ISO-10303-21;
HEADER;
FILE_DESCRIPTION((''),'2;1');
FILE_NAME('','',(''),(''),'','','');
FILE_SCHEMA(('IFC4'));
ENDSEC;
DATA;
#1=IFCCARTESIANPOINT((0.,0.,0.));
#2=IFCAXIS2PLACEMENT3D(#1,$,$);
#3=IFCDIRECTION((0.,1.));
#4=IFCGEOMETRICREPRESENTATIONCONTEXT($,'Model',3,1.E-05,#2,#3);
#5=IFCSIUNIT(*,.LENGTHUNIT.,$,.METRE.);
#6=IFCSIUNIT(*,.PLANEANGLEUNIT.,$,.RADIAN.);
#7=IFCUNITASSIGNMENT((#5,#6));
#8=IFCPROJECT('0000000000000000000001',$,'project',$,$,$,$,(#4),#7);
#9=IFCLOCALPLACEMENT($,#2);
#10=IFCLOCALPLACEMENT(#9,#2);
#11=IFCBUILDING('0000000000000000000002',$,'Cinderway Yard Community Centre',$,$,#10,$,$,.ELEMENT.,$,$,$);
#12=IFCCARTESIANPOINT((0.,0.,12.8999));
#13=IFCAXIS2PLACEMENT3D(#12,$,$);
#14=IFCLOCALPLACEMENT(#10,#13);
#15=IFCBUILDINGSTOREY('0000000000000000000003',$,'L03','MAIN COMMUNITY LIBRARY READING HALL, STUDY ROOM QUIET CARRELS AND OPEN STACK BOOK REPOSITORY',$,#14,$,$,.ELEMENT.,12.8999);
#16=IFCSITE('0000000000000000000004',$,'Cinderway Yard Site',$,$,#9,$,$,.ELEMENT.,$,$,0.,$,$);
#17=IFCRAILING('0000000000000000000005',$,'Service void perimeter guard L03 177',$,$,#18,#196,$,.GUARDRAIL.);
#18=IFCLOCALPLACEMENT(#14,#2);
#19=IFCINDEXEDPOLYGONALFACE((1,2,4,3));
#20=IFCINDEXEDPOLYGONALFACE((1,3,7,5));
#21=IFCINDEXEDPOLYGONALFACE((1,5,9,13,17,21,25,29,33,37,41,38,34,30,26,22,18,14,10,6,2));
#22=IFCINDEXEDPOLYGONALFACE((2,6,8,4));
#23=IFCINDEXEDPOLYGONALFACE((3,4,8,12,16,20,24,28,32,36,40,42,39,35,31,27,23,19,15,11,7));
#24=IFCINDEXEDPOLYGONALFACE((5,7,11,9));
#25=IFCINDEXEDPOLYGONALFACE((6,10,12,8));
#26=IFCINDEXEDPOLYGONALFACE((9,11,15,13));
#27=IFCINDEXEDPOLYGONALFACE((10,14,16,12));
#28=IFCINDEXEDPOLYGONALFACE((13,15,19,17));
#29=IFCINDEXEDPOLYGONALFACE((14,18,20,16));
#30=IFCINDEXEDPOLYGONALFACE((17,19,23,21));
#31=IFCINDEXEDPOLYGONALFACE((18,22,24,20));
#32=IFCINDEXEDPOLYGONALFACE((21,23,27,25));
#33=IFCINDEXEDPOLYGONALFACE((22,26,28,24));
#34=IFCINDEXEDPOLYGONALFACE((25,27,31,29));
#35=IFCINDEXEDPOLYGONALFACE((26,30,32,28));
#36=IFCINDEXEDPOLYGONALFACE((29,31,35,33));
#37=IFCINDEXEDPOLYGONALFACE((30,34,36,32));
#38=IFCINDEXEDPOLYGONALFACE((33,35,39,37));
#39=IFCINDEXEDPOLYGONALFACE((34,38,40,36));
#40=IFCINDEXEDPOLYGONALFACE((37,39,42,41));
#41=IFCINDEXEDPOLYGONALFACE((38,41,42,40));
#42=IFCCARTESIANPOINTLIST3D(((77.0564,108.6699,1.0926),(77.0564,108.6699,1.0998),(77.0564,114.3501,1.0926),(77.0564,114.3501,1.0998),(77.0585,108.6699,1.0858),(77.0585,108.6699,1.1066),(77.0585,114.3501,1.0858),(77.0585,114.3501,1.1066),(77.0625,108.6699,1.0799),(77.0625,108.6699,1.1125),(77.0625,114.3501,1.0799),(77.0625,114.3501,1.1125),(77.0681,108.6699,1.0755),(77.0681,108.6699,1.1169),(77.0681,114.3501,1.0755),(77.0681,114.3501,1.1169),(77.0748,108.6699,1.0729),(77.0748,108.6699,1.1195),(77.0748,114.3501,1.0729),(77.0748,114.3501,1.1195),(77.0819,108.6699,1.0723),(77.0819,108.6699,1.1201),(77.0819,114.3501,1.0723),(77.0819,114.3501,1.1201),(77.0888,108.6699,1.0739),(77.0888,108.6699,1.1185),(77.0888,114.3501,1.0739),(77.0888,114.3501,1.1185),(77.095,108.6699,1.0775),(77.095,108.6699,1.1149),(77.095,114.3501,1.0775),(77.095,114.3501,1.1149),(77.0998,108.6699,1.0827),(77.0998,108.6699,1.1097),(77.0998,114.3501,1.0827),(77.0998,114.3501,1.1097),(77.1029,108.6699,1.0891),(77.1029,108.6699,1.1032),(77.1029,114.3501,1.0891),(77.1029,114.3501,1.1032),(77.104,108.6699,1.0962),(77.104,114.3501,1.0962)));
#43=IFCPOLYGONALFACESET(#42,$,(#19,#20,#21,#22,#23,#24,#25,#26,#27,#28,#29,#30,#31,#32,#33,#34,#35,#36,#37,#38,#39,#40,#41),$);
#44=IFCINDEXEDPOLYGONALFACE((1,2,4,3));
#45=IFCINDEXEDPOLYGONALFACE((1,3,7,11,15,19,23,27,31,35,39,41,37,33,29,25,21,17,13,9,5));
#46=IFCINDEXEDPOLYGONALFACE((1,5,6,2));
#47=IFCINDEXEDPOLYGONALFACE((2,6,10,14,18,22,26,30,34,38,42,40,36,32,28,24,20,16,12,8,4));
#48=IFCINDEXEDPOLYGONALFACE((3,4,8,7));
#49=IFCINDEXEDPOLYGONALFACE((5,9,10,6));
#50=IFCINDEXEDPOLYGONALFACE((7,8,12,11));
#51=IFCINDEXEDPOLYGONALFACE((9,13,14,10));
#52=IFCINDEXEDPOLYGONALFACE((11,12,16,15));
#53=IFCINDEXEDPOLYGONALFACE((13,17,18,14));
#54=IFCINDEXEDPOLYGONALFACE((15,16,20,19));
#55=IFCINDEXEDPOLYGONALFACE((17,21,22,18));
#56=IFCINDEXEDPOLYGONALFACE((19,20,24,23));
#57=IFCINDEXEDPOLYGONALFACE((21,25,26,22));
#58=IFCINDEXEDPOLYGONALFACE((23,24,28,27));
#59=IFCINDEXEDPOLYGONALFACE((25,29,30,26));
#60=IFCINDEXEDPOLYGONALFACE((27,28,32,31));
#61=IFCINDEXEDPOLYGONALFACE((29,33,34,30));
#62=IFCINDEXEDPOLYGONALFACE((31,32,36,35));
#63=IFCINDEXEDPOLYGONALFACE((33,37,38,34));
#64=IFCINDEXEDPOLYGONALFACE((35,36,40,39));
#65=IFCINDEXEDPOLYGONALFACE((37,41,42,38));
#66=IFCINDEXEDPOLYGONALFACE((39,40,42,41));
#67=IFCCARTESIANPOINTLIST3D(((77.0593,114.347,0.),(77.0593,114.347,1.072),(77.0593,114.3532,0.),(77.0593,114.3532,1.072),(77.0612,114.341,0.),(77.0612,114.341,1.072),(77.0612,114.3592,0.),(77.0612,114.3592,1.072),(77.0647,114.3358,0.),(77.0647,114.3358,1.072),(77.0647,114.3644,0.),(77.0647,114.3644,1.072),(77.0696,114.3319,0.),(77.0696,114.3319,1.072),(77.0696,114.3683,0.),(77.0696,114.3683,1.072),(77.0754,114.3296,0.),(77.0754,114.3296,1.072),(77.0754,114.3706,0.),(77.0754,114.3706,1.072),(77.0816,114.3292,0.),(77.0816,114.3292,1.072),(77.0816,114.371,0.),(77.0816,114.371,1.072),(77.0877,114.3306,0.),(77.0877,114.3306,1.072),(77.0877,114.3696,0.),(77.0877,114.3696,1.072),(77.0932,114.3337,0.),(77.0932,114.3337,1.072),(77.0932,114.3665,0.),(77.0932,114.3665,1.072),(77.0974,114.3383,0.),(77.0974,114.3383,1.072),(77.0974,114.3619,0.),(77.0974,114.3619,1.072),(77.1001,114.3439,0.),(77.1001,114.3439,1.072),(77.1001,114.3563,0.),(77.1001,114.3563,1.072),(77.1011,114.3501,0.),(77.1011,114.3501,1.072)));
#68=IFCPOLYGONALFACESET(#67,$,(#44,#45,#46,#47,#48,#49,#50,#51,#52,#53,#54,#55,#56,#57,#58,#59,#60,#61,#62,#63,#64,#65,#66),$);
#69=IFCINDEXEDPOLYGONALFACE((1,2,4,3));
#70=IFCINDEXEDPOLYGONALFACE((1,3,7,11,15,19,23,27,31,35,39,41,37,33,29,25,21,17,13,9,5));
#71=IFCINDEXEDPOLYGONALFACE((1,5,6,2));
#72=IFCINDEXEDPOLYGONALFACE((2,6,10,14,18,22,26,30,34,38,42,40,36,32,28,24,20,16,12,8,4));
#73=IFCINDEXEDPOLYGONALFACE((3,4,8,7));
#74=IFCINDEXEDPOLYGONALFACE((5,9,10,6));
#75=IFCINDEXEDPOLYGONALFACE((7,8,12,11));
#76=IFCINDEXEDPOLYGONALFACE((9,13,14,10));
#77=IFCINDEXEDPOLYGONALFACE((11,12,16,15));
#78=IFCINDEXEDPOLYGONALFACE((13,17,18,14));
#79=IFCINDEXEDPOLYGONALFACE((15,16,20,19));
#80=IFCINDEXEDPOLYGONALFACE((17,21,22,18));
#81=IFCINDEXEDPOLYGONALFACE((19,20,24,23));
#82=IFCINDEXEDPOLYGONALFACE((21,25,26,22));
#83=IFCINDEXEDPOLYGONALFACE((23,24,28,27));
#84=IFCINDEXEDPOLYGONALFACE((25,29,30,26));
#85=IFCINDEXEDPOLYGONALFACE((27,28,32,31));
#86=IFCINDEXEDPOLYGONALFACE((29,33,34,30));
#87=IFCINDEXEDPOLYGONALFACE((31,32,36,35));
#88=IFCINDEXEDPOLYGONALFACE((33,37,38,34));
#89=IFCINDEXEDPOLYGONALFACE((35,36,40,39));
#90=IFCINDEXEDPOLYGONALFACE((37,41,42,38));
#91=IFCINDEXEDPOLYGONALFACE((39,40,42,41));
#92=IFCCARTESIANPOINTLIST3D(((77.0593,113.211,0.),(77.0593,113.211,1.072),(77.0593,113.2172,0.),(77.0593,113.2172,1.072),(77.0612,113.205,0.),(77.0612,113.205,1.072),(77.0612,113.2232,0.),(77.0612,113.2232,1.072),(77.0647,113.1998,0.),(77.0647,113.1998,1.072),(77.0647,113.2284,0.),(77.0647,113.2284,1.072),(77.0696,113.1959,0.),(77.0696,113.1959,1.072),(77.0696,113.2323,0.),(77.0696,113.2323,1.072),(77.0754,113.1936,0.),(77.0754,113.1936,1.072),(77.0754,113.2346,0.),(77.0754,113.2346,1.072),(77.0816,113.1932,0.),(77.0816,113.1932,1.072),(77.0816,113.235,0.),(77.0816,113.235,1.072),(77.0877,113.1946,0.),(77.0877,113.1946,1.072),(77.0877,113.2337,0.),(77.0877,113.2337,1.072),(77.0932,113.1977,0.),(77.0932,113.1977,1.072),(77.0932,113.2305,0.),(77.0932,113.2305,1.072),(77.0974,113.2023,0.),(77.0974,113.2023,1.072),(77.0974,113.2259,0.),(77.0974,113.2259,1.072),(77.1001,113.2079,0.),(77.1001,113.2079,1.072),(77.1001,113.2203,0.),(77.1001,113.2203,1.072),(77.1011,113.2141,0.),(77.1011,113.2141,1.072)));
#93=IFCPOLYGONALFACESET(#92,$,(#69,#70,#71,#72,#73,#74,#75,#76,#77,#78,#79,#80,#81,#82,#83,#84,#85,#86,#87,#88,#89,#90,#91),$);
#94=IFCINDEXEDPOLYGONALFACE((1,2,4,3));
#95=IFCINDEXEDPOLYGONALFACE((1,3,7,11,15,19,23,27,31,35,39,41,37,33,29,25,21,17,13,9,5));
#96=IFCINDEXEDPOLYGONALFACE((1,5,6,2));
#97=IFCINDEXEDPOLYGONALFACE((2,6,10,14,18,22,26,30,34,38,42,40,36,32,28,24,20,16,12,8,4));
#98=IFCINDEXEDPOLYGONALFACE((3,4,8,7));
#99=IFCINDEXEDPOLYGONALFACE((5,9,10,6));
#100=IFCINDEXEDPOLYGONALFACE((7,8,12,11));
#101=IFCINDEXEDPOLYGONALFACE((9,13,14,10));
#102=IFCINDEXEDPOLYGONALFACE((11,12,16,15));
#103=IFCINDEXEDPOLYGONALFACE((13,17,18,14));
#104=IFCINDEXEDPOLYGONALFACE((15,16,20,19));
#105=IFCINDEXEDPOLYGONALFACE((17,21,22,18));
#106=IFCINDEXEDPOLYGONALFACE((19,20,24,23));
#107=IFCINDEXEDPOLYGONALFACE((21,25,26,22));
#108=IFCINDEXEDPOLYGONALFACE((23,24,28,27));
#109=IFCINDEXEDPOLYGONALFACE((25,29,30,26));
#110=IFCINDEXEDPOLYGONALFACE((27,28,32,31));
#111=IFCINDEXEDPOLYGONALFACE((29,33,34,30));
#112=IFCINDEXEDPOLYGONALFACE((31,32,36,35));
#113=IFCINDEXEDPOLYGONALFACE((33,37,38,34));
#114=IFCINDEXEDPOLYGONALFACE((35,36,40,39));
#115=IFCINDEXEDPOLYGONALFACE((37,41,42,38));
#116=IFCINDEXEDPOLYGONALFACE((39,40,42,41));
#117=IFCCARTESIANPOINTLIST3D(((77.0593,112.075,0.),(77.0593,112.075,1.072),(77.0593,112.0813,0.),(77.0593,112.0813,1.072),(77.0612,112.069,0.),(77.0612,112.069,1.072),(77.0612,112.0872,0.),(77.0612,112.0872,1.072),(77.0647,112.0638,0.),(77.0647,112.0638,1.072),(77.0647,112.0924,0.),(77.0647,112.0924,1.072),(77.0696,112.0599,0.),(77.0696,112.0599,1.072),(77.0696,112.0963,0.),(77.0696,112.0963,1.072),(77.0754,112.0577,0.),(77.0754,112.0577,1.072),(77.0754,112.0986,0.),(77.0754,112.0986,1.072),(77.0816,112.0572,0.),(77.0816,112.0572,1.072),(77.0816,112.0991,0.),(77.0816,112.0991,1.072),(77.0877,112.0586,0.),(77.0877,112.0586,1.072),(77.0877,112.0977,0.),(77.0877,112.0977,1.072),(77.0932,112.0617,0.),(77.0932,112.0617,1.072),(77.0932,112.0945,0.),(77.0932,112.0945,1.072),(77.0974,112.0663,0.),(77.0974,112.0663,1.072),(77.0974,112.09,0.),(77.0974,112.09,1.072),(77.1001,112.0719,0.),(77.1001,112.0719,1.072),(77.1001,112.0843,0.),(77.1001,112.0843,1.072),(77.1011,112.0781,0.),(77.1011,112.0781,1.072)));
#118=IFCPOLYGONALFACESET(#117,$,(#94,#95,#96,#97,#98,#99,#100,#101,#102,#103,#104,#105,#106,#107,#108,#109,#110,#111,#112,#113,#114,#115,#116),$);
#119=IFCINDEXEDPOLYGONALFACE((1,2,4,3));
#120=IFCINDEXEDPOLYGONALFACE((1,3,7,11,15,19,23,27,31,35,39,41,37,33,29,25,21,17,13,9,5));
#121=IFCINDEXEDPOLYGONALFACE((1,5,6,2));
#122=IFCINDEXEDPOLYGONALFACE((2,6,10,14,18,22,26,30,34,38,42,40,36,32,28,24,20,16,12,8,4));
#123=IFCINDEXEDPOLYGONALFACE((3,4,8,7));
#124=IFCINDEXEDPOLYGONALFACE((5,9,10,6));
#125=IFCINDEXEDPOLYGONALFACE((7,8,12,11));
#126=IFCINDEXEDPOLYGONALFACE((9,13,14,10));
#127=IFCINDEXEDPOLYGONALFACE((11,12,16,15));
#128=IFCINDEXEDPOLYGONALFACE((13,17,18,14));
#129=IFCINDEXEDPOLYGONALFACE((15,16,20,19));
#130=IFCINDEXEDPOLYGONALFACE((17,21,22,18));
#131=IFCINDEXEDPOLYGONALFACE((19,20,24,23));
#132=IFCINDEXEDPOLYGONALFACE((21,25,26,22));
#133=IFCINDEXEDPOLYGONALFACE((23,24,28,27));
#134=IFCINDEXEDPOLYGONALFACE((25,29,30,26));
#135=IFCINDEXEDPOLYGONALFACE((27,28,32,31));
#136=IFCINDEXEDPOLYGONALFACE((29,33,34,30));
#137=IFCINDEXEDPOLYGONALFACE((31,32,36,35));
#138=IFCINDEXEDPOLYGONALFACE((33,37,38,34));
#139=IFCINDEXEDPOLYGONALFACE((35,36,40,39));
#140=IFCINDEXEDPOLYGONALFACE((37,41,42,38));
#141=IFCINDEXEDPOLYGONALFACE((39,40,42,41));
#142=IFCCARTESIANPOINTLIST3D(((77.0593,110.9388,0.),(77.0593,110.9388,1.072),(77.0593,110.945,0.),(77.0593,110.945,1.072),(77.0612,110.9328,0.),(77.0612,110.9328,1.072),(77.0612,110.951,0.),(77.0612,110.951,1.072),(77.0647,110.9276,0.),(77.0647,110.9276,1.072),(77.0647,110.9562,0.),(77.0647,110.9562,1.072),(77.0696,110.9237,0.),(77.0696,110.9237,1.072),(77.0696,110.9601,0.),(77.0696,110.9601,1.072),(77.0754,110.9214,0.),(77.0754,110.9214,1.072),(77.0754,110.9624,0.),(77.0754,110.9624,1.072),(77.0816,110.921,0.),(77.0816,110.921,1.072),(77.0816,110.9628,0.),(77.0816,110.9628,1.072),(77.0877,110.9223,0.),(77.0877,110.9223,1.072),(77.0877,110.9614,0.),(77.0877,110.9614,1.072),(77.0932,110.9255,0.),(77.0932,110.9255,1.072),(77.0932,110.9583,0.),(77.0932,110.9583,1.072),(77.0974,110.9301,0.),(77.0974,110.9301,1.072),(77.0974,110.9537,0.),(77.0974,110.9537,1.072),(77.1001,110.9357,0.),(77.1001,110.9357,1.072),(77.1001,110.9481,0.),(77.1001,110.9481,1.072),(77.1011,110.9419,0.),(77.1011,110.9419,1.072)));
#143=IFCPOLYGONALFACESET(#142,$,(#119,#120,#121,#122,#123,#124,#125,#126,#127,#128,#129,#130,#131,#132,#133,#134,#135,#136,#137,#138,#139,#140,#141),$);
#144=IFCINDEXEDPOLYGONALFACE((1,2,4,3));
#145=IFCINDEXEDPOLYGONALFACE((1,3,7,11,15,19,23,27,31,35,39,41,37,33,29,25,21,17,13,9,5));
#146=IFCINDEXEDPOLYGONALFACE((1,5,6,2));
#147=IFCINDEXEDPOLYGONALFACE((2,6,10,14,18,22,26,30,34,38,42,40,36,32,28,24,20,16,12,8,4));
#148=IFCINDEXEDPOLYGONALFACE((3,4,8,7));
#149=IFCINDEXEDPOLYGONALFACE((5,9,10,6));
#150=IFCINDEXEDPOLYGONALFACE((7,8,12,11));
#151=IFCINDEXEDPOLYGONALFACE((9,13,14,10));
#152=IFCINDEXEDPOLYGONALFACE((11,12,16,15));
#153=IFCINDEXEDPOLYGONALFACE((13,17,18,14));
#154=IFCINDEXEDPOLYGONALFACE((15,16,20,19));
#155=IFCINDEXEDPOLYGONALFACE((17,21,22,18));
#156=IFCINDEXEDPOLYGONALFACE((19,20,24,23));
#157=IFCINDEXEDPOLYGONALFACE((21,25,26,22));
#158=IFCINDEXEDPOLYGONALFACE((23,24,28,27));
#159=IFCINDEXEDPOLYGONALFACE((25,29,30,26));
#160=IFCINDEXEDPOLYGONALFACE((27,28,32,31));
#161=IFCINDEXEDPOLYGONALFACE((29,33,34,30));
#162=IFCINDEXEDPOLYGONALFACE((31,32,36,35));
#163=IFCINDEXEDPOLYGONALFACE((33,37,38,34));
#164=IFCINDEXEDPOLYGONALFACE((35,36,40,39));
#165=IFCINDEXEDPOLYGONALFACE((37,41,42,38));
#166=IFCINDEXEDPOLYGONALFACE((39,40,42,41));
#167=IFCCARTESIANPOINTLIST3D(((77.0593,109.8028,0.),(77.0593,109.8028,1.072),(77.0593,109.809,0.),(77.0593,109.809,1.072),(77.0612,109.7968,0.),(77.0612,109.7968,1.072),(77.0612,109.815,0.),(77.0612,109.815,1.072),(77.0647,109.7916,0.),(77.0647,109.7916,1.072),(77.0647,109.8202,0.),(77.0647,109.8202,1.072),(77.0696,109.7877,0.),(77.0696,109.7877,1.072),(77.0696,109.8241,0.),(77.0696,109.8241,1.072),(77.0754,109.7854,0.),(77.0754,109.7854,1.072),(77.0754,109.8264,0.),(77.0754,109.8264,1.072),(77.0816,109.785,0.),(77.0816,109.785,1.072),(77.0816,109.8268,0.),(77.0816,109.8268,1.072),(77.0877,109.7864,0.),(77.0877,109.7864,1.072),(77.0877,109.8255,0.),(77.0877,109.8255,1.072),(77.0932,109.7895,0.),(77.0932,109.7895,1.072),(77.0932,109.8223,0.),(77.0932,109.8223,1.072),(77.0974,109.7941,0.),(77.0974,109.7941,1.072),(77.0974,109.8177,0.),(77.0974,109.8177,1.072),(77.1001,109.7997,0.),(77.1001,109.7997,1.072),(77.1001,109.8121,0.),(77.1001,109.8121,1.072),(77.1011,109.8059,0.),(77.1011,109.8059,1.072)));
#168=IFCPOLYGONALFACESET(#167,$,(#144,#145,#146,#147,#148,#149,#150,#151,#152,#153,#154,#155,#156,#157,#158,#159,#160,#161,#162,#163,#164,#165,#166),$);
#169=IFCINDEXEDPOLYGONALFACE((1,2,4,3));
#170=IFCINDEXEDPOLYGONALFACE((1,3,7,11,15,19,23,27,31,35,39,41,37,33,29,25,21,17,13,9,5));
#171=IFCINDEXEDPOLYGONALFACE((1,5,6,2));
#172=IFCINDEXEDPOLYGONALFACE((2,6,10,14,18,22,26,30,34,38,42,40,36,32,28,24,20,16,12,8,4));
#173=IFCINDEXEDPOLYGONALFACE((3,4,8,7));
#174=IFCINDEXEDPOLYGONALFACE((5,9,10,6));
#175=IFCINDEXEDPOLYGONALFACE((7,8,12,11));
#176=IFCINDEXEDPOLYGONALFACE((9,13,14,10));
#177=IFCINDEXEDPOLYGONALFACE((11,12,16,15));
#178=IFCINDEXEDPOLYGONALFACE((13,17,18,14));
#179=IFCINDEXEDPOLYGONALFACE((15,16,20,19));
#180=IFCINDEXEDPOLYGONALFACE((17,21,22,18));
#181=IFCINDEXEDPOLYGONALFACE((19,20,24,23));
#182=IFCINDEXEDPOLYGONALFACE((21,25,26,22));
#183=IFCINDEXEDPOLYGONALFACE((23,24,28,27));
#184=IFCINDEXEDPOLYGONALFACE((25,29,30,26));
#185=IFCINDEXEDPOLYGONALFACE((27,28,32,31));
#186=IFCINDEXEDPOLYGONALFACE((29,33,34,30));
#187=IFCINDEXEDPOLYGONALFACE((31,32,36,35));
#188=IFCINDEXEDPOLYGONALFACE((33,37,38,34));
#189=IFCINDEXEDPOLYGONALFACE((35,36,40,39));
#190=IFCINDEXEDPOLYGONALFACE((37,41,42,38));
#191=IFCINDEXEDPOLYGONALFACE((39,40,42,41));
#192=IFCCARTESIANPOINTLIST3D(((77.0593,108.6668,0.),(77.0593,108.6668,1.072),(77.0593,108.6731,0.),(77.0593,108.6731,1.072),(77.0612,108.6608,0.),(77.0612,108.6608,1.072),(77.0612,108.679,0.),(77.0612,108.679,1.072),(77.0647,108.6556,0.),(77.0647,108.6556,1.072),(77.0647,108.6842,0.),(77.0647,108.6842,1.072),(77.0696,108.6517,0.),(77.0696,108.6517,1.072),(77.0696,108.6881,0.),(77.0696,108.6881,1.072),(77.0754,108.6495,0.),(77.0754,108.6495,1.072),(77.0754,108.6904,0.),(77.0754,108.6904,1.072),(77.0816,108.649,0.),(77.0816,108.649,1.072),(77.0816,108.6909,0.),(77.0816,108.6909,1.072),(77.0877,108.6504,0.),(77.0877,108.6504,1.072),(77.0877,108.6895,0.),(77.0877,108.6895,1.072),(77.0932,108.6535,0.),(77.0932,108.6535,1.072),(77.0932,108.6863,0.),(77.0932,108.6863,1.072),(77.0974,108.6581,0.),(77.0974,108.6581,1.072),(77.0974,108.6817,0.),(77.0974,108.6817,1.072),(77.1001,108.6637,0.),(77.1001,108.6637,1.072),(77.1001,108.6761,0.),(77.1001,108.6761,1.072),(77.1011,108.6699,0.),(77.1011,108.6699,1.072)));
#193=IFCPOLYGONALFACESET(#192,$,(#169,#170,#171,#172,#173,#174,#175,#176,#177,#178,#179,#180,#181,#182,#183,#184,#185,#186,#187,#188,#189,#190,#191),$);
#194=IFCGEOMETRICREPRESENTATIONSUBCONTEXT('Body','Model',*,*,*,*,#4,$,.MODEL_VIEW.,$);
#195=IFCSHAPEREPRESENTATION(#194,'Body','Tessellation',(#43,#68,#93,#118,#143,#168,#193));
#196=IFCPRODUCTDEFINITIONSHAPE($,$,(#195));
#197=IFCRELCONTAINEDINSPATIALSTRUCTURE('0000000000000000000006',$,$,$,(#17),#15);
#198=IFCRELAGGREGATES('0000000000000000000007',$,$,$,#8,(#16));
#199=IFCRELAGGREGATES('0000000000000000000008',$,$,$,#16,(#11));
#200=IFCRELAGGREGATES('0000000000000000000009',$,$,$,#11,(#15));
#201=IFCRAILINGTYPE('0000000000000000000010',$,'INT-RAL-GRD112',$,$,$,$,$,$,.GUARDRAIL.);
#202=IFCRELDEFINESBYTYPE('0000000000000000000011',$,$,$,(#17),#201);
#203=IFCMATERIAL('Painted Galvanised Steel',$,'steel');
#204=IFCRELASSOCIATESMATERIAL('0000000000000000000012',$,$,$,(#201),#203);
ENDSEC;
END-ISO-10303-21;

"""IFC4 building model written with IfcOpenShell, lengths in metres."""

from ifc_helpers import new_model, si_unit, direction, frame, origin, origin_2d, place, context, subcontext, project, spatial, circle, extrude, material, type_object, element, save


model = new_model("IFC4")

# Units and contexts
model_context = context("Model", 3, precision=1e-05, world=origin(), true_north=direction((0.0, 1.0)))
body_context = subcontext(model_context, "Body", "Model", "MODEL_VIEW")
ifc_project = project(units=[si_unit("LENGTHUNIT", "METRE"), si_unit("PLANEANGLEUNIT", "RADIAN")], contexts=[model_context])

# Site, building, storey
site_placement = place(None, origin())
site = spatial("IfcSite", under=ifc_project, at=site_placement, Name="Cinderway Yard Site", CompositionType="ELEMENT", RefElevation=0.0)
building_placement = place(site_placement, origin())
building = spatial("IfcBuilding", under=site, at=building_placement, Name="Cinderway Yard Community Centre", CompositionType="ELEMENT")
storey_placement = place(building_placement, frame((0.0, 0.0, 12.8999)))
storey = spatial("IfcBuildingStorey", under=building, at=storey_placement, Name="L03", Description="MAIN COMMUNITY LIBRARY READING HALL, STUDY ROOM QUIET CARRELS AND OPEN STACK BOOK REPOSITORY", CompositionType="ELEMENT", Elevation=12.8999)

# Shared definitions
ifc_material_1 = material(Name="Painted Galvanised Steel", Category="steel")

# Railing
railing_type = type_object("IfcRailingType", Name="INT-RAL-GRD112", PredefinedType="GUARDRAIL", material=ifc_material_1)
railing_1_placement = place(storey_placement, frame((77.0801, 114.3501, 0.0)))
element("IfcRailing", 1, at=railing_1_placement, inside=storey, type_object=railing_type, Name="Service void perimeter guard L03 177", PredefinedType="GUARDRAIL", context=body_context, shape_type="SweptSolid", body=[
    extrude(circle(Radius=0.0239, at=origin_2d()), frame((0.0, 0.0, 1.0962), z_axis=(0.0, -1.0, 0.0), x_axis=(1.0, 0.0, 0.0)), (0.0, 0.0, 1.0), 5.6802),
    extrude(circle(Radius=0.021, at=origin_2d()), origin(), (0.0, 0.0, 1.0), 1.072),
    extrude(circle(Radius=0.021, at=origin_2d()), frame((0.0, -1.136, 0.0)), (0.0, 0.0, 1.0), 1.072),
    extrude(circle(Radius=0.021, at=origin_2d()), frame((0.0, -2.272, 0.0)), (0.0, 0.0, 1.0), 1.072),
    extrude(circle(Radius=0.021, at=origin_2d()), frame((0.0, -3.4082, 0.0)), (0.0, 0.0, 1.0), 1.072),
    extrude(circle(Radius=0.021, at=origin_2d()), frame((0.0, -4.5442, 0.0)), (0.0, 0.0, 1.0), 1.072),
    extrude(circle(Radius=0.021, at=origin_2d()), frame((0.0, -5.6802, 0.0)), (0.0, 0.0, 1.0), 1.072),
])

save(model, "model.ifc")
